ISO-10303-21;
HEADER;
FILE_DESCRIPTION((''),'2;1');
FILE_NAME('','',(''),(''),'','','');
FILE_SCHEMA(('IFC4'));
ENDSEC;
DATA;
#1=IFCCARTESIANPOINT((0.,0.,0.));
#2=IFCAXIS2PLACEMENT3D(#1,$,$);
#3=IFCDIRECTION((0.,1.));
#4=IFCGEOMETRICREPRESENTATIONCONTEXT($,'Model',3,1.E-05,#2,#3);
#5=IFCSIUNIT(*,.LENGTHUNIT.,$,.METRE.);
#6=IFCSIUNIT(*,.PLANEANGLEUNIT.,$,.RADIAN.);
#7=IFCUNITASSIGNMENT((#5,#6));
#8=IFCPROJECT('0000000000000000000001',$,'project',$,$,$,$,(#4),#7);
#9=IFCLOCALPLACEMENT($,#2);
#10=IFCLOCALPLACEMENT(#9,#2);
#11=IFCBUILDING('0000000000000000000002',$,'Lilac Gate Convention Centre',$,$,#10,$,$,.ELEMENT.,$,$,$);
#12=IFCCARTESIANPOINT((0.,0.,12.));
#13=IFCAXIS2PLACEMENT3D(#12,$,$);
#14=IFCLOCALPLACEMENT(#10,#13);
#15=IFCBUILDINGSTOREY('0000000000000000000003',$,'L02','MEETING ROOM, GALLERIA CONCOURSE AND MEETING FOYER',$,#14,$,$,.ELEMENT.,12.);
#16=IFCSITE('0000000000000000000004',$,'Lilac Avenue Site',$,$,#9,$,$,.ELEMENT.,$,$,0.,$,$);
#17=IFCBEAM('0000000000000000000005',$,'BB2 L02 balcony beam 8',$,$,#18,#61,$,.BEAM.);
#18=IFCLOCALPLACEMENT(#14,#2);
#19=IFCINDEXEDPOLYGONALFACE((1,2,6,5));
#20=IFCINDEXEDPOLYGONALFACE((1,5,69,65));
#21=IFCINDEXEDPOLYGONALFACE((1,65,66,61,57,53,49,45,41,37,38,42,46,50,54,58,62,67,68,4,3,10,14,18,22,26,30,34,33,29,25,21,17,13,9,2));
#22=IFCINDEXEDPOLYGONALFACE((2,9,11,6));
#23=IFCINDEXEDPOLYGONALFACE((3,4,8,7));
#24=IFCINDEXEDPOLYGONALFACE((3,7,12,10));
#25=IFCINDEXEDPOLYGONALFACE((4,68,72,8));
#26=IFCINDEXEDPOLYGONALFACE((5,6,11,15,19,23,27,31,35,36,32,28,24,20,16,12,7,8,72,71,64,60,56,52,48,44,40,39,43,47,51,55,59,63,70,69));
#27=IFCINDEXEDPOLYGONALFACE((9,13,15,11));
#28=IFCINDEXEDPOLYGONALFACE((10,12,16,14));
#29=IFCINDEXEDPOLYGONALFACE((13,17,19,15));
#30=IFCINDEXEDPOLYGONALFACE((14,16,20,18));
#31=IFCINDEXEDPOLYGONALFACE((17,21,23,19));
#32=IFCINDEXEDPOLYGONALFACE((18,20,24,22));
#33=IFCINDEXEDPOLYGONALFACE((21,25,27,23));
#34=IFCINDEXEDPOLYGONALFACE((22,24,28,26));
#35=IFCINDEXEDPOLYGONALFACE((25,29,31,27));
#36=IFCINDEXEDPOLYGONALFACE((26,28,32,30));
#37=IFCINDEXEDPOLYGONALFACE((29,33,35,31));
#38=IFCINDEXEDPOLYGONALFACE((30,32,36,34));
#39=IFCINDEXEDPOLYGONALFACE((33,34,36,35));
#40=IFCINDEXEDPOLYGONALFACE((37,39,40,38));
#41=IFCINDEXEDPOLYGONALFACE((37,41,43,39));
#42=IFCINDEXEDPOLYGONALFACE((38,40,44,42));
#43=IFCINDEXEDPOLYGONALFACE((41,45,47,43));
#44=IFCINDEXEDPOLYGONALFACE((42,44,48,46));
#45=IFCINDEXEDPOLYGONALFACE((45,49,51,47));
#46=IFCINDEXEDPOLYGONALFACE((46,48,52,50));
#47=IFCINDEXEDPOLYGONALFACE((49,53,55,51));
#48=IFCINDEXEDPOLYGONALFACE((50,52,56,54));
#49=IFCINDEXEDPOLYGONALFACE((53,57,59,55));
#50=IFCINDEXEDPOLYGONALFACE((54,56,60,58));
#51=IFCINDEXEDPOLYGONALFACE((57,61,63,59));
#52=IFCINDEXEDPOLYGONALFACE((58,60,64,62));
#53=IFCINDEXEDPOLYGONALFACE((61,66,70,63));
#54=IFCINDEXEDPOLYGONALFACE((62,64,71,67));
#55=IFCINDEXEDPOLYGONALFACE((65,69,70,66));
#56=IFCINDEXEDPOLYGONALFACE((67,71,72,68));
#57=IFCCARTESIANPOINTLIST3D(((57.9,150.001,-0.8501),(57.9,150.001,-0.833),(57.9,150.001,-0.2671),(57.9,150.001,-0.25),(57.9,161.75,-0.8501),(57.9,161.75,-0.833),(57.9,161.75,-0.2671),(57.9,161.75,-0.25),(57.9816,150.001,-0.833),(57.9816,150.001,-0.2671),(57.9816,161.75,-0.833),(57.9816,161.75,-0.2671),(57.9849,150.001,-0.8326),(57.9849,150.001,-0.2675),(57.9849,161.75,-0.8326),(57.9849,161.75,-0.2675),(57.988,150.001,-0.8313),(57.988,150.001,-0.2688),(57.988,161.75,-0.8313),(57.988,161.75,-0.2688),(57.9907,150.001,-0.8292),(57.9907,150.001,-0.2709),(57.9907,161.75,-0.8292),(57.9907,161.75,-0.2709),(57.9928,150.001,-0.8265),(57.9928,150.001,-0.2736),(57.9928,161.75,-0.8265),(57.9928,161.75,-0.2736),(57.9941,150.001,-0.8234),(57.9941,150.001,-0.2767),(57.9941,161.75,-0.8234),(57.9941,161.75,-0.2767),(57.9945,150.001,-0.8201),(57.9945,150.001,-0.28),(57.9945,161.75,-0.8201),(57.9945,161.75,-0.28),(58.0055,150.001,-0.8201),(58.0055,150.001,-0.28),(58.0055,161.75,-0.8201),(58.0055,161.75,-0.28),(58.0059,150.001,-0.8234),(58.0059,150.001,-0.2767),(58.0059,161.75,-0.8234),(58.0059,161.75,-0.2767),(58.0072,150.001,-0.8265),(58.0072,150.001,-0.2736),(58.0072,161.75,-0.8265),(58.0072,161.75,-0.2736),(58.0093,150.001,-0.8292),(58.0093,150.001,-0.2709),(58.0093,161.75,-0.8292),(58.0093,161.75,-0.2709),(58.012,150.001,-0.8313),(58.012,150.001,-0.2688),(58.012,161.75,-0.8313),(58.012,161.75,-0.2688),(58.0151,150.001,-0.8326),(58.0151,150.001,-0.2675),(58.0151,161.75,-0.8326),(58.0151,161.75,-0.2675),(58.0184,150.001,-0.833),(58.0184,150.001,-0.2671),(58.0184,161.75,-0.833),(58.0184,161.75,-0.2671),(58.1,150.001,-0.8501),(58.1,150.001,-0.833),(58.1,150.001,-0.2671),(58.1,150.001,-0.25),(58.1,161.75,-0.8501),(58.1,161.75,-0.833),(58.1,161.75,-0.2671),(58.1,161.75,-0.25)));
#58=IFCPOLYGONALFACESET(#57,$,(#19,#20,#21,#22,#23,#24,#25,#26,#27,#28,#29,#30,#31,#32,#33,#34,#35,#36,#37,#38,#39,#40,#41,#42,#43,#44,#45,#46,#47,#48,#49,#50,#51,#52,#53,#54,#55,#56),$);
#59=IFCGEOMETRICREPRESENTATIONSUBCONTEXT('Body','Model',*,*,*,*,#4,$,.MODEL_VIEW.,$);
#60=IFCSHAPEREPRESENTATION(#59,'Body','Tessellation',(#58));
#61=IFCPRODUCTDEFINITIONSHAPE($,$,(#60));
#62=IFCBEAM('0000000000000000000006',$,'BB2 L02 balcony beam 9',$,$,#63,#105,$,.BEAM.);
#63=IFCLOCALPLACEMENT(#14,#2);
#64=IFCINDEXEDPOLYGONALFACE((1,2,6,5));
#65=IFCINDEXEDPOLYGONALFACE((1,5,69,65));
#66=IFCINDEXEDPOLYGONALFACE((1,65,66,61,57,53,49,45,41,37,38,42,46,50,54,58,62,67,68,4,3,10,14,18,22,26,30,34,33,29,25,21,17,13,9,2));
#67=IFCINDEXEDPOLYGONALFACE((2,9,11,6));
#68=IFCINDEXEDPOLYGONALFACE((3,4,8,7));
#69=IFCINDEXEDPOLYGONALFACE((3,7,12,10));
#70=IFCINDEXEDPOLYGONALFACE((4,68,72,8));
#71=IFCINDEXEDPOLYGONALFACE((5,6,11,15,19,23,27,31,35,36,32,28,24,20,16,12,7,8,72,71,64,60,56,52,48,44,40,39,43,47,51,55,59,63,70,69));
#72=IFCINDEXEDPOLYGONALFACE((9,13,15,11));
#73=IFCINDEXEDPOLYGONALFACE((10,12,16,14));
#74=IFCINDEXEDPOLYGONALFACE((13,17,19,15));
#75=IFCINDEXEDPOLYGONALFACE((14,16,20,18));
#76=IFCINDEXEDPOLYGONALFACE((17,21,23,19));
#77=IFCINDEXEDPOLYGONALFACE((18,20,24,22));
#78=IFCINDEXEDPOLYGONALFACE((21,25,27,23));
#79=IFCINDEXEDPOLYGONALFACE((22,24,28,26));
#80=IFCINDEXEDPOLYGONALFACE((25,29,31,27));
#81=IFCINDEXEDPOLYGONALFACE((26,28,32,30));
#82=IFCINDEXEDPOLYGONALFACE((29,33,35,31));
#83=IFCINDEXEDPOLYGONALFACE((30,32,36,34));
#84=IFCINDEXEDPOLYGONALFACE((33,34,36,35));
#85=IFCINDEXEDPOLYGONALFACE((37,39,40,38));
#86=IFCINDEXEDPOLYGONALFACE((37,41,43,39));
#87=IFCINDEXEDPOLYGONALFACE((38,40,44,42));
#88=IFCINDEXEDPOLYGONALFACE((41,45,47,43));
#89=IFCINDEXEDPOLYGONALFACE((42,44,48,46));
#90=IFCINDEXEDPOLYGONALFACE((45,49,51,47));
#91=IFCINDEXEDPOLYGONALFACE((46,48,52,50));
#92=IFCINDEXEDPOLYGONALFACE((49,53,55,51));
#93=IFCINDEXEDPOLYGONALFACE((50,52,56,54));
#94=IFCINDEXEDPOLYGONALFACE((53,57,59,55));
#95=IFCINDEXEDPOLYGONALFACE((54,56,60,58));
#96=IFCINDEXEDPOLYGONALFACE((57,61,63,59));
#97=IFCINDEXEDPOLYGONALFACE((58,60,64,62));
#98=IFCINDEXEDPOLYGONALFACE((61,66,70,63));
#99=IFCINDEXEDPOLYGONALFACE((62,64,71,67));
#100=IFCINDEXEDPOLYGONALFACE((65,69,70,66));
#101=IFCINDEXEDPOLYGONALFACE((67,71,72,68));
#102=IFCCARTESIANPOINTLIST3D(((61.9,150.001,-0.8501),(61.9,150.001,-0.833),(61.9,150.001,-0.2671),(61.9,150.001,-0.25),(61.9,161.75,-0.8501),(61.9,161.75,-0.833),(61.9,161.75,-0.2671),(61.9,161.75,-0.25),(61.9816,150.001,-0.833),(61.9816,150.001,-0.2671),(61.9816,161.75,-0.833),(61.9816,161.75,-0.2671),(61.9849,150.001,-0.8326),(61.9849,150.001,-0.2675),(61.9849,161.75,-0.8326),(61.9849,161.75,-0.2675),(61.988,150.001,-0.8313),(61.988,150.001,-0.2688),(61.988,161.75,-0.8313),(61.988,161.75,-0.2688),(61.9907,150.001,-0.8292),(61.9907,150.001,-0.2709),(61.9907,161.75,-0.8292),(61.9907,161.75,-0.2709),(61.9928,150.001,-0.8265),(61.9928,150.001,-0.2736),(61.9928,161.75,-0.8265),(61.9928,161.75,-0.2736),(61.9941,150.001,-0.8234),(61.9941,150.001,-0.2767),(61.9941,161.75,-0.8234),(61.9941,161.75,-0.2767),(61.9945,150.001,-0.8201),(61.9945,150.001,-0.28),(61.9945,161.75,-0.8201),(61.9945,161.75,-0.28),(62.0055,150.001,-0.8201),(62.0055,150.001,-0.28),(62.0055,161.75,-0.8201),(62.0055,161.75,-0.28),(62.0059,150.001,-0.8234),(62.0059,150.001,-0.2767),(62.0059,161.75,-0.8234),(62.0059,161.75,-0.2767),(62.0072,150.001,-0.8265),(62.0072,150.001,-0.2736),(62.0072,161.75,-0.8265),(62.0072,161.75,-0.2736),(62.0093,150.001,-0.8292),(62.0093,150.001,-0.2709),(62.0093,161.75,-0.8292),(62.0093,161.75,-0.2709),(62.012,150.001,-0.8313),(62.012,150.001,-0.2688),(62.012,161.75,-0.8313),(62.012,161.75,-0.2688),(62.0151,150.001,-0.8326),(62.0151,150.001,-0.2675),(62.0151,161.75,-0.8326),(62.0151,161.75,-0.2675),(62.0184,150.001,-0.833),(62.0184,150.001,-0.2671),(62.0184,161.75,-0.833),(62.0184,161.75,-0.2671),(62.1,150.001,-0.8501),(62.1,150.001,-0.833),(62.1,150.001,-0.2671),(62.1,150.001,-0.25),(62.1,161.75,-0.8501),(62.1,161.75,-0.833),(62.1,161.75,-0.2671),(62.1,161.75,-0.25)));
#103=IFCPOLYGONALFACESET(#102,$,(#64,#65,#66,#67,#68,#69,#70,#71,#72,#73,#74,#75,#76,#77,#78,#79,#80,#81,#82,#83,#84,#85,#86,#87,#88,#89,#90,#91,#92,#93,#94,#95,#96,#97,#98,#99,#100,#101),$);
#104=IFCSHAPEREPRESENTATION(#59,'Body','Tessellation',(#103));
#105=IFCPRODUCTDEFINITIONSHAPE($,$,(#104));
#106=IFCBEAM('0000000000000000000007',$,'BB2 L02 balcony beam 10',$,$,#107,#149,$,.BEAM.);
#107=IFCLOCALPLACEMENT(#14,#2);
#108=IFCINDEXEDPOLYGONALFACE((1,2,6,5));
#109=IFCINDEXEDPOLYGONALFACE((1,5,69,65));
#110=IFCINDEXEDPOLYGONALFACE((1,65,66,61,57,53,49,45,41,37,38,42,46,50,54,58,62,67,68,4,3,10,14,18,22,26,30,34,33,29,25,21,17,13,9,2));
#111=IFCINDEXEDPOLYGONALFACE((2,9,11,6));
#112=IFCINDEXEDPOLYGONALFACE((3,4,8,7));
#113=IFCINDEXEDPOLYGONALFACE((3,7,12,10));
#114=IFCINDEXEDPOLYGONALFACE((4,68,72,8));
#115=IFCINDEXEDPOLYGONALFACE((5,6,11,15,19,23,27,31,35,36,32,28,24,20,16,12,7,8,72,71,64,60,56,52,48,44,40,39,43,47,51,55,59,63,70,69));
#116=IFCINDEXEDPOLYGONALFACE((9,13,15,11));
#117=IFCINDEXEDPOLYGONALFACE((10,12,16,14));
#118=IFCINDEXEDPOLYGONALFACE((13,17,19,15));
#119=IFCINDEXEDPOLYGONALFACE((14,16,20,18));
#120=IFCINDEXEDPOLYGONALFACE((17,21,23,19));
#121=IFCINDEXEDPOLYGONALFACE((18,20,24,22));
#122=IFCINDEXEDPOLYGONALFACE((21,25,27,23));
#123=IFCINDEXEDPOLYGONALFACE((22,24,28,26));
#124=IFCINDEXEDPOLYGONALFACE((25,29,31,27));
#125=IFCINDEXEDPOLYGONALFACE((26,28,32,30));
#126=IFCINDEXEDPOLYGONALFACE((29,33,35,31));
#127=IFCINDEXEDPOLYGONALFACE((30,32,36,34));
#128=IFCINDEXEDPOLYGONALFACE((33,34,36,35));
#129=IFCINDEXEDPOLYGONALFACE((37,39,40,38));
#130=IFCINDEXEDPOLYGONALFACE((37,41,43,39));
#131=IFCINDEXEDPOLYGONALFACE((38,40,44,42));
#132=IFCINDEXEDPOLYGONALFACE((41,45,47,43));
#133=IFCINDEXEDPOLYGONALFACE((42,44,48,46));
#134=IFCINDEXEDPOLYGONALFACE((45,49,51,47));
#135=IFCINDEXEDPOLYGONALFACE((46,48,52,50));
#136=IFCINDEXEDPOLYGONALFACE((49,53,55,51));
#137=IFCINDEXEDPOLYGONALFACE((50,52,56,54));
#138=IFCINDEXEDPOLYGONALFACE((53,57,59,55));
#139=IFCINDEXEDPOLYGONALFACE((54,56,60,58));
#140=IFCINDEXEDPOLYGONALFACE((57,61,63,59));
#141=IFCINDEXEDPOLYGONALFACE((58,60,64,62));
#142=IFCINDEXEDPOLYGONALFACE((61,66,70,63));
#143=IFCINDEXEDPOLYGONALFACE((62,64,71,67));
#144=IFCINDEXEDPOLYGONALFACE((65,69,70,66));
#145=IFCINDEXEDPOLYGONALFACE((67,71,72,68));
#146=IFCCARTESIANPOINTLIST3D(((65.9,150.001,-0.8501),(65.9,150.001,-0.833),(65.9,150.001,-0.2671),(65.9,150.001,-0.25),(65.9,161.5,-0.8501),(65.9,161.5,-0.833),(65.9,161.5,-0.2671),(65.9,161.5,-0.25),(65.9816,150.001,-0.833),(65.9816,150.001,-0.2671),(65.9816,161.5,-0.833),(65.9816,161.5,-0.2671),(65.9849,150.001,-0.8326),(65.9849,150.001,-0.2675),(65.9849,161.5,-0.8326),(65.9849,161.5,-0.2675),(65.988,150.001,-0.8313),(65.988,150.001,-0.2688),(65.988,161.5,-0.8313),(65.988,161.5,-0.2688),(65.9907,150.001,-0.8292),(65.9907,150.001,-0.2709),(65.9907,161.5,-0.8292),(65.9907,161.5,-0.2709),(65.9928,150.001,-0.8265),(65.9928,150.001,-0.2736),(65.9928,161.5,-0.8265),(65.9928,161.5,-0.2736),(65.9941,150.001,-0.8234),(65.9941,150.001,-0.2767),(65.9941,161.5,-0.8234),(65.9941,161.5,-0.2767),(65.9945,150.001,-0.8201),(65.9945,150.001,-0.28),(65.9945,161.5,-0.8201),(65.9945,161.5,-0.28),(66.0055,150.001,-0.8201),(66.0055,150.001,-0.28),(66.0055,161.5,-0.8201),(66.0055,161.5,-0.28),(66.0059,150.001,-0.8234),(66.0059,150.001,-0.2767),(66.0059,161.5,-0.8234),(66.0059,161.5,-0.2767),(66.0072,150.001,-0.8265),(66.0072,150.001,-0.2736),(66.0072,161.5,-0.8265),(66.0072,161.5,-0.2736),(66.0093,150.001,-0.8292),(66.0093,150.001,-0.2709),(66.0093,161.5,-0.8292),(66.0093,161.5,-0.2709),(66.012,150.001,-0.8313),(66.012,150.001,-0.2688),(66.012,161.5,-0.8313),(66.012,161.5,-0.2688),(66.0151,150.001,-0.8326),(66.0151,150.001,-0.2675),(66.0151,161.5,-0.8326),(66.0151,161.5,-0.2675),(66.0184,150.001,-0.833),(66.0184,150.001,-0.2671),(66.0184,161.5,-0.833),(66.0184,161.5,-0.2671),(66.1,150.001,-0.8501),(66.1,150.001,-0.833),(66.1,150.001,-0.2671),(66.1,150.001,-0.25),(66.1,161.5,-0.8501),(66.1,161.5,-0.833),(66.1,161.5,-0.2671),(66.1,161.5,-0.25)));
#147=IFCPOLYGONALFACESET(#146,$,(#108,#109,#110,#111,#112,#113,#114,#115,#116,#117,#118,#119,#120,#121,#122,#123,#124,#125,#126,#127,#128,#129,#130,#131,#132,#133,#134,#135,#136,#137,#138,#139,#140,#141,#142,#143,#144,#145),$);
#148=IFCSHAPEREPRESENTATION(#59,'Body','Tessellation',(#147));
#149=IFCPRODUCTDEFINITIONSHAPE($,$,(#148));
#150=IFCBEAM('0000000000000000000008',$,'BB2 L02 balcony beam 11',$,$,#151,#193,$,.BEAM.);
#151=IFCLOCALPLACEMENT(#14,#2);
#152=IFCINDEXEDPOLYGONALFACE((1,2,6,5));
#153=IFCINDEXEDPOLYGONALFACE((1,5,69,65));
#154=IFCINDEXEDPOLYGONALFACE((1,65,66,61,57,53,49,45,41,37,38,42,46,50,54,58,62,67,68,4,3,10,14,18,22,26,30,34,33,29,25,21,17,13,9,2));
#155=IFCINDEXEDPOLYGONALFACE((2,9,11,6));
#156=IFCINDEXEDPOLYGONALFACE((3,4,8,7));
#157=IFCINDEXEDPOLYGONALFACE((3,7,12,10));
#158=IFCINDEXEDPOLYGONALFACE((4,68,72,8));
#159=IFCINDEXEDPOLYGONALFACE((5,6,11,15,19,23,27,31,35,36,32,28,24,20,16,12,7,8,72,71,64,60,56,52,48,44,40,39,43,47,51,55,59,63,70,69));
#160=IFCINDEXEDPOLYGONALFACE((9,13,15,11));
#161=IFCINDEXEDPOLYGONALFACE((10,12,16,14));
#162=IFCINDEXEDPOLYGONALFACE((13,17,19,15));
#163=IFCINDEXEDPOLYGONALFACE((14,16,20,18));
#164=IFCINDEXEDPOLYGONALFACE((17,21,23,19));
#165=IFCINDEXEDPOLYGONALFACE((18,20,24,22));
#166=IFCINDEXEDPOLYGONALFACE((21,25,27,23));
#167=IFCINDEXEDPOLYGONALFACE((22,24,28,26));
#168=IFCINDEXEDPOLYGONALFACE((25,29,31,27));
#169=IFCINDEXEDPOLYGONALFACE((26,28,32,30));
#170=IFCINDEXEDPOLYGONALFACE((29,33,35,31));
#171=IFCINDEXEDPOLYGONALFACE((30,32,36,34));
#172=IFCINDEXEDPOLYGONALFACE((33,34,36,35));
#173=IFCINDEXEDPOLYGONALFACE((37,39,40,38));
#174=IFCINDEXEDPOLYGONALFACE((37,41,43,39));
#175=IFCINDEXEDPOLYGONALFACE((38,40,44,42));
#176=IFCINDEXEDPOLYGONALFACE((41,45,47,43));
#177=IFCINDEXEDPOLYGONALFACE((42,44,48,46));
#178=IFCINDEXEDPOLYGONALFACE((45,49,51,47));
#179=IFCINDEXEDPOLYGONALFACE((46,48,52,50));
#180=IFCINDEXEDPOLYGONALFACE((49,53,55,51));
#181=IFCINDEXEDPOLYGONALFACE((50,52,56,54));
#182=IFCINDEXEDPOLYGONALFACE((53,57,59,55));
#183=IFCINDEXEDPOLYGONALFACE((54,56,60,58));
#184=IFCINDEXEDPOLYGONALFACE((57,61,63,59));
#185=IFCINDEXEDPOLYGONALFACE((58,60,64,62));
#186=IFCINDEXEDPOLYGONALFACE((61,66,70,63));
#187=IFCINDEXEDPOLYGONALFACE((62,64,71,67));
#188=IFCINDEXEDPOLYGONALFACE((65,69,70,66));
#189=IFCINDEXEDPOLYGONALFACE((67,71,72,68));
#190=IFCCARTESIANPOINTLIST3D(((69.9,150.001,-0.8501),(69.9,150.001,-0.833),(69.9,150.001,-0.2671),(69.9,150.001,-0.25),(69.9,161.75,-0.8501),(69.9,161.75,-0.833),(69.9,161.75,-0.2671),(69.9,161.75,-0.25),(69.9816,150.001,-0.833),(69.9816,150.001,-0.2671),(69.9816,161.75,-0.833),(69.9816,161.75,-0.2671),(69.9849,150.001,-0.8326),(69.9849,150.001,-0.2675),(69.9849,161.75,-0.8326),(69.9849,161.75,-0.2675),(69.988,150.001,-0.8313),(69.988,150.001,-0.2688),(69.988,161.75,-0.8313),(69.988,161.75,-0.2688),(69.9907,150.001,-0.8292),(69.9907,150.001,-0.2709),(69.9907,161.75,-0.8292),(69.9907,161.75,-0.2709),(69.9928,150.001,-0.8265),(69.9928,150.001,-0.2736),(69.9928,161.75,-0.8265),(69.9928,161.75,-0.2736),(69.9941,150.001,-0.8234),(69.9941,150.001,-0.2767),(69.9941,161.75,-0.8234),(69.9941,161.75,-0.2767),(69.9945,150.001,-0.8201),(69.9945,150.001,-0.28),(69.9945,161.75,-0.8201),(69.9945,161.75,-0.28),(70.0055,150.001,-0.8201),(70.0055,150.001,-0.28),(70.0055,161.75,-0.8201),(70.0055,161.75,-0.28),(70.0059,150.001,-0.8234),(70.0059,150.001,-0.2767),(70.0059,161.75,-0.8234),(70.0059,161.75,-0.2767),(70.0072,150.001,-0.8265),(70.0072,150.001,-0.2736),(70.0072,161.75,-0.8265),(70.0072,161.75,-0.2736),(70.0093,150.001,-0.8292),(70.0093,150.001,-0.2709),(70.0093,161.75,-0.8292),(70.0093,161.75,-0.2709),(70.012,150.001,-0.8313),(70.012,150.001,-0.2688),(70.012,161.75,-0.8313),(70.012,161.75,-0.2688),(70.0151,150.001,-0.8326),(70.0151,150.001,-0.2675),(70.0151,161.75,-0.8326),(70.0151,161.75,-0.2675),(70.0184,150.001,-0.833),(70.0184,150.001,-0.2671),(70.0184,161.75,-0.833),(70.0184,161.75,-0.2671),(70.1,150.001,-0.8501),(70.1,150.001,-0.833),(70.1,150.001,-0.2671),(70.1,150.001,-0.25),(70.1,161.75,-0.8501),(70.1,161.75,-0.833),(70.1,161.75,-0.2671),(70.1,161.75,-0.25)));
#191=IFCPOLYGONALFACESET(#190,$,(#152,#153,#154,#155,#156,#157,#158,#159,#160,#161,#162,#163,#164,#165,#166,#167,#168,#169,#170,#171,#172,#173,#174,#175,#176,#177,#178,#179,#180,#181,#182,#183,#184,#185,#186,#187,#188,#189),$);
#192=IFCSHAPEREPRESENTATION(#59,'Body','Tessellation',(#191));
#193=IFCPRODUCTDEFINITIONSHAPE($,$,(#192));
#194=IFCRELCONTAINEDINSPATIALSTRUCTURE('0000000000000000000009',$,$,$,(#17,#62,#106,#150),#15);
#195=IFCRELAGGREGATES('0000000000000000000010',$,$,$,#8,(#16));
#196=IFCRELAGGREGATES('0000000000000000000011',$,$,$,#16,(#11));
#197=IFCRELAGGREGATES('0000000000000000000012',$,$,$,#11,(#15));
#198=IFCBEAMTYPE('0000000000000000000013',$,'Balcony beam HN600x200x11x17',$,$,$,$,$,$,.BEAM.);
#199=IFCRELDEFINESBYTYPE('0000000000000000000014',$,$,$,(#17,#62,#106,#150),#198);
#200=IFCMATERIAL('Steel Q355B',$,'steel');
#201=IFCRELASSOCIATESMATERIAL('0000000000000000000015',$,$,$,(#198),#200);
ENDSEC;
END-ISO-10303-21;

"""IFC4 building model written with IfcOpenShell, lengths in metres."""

from ifc_helpers import new_model, si_unit, direction, frame, origin, origin_2d, place, context, subcontext, project, spatial, i_section, extrude, material, material_profile, profile_set, type_object, element, save


model = new_model("IFC4")

# Units and contexts
model_context = context("Model", 3, precision=1e-05, world=origin(), true_north=direction((0.0, 1.0)))
body_context = subcontext(model_context, "Body", "Model", "MODEL_VIEW")
ifc_project = project(units=[si_unit("LENGTHUNIT", "METRE"), si_unit("PLANEANGLEUNIT", "RADIAN")], contexts=[model_context])

# Site, building, storey
site_placement = place(None, origin())
site = spatial("IfcSite", under=ifc_project, at=site_placement, Name="Lilac Avenue Site", CompositionType="ELEMENT", RefElevation=0.0)
building_placement = place(site_placement, origin())
building = spatial("IfcBuilding", under=site, at=building_placement, Name="Lilac Gate Convention Centre", CompositionType="ELEMENT")
storey_placement = place(building_placement, frame((0.0, 0.0, 12.0)))
storey = spatial("IfcBuildingStorey", under=building, at=storey_placement, Name="L02", Description="MEETING ROOM, GALLERIA CONCOURSE AND MEETING FOYER", CompositionType="ELEMENT", Elevation=12.0)

# Beams
ifc_material_1 = material(Name="Steel Q355B", Category="steel")
ifc_material_profile_1 = material_profile(ifc_material_1, i_section(OverallWidth=0.2, OverallDepth=0.6001, WebThickness=0.011, FlangeThickness=0.0171, FilletRadius=0.0129, at=origin_2d()), Name="HN600x200x11x17")
ifc_profile_set_1 = profile_set([ifc_material_profile_1], Name="Steel Q355B")
beam_type_1 = type_object("IfcBeamType", Name="Balcony beam HN600x200x11x17", PredefinedType="BEAM", material=ifc_profile_set_1)
for number, where, z_axis, x_axis, name in (
    (1, (58.0, 150.001, -0.55), (0.0, 1.0, 0.0), (-1.0, 0.0, 0.0), "BB2 L02 balcony beam 8"),
    (2, (62.0, 150.001, -0.55), (0.0, 1.0, 0.0), (-1.0, 0.0, 0.0), "BB2 L02 balcony beam 9"),
):
    element("IfcBeam", number, at=place(storey_placement, frame(where, z_axis=z_axis, x_axis=x_axis)), inside=storey, type_object=beam_type_1, Name=name, PredefinedType="BEAM", context=body_context, shape_type="SweptSolid", body=[
        extrude(i_section(OverallWidth=0.2, OverallDepth=0.6001, WebThickness=0.011, FlangeThickness=0.0171, FilletRadius=0.0129, at=origin_2d()), origin(), (0.0, 0.0, 1.0), 11.749),
    ])
beam_1_placement = place(storey_placement, frame((66.0, 150.001, -0.55), z_axis=(0.0, 1.0, 0.0), x_axis=(-1.0, 0.0, 0.0)))
element("IfcBeam", 3, at=beam_1_placement, inside=storey, type_object=beam_type_1, Name="BB2 L02 balcony beam 10", PredefinedType="BEAM", context=body_context, shape_type="SweptSolid", body=[
    extrude(i_section(OverallWidth=0.2, OverallDepth=0.6001, WebThickness=0.011, FlangeThickness=0.0171, FilletRadius=0.0129, at=origin_2d()), origin(), (0.0, 0.0, 1.0), 11.499),
])
for number, where, z_axis, x_axis, name in (
    (4, (70.0, 150.001, -0.55), (0.0, 1.0, 0.0), (-1.0, 0.0, 0.0), "BB2 L02 balcony beam 11"),
):
    element("IfcBeam", number, at=place(storey_placement, frame(where, z_axis=z_axis, x_axis=x_axis)), inside=storey, type_object=beam_type_1, Name=name, PredefinedType="BEAM", context=body_context, shape_type="SweptSolid", body=[
        extrude(i_section(OverallWidth=0.2, OverallDepth=0.6001, WebThickness=0.011, FlangeThickness=0.0171, FilletRadius=0.0129, at=origin_2d()), origin(), (0.0, 0.0, 1.0), 11.749),
    ])

save(model, "model.ifc")
